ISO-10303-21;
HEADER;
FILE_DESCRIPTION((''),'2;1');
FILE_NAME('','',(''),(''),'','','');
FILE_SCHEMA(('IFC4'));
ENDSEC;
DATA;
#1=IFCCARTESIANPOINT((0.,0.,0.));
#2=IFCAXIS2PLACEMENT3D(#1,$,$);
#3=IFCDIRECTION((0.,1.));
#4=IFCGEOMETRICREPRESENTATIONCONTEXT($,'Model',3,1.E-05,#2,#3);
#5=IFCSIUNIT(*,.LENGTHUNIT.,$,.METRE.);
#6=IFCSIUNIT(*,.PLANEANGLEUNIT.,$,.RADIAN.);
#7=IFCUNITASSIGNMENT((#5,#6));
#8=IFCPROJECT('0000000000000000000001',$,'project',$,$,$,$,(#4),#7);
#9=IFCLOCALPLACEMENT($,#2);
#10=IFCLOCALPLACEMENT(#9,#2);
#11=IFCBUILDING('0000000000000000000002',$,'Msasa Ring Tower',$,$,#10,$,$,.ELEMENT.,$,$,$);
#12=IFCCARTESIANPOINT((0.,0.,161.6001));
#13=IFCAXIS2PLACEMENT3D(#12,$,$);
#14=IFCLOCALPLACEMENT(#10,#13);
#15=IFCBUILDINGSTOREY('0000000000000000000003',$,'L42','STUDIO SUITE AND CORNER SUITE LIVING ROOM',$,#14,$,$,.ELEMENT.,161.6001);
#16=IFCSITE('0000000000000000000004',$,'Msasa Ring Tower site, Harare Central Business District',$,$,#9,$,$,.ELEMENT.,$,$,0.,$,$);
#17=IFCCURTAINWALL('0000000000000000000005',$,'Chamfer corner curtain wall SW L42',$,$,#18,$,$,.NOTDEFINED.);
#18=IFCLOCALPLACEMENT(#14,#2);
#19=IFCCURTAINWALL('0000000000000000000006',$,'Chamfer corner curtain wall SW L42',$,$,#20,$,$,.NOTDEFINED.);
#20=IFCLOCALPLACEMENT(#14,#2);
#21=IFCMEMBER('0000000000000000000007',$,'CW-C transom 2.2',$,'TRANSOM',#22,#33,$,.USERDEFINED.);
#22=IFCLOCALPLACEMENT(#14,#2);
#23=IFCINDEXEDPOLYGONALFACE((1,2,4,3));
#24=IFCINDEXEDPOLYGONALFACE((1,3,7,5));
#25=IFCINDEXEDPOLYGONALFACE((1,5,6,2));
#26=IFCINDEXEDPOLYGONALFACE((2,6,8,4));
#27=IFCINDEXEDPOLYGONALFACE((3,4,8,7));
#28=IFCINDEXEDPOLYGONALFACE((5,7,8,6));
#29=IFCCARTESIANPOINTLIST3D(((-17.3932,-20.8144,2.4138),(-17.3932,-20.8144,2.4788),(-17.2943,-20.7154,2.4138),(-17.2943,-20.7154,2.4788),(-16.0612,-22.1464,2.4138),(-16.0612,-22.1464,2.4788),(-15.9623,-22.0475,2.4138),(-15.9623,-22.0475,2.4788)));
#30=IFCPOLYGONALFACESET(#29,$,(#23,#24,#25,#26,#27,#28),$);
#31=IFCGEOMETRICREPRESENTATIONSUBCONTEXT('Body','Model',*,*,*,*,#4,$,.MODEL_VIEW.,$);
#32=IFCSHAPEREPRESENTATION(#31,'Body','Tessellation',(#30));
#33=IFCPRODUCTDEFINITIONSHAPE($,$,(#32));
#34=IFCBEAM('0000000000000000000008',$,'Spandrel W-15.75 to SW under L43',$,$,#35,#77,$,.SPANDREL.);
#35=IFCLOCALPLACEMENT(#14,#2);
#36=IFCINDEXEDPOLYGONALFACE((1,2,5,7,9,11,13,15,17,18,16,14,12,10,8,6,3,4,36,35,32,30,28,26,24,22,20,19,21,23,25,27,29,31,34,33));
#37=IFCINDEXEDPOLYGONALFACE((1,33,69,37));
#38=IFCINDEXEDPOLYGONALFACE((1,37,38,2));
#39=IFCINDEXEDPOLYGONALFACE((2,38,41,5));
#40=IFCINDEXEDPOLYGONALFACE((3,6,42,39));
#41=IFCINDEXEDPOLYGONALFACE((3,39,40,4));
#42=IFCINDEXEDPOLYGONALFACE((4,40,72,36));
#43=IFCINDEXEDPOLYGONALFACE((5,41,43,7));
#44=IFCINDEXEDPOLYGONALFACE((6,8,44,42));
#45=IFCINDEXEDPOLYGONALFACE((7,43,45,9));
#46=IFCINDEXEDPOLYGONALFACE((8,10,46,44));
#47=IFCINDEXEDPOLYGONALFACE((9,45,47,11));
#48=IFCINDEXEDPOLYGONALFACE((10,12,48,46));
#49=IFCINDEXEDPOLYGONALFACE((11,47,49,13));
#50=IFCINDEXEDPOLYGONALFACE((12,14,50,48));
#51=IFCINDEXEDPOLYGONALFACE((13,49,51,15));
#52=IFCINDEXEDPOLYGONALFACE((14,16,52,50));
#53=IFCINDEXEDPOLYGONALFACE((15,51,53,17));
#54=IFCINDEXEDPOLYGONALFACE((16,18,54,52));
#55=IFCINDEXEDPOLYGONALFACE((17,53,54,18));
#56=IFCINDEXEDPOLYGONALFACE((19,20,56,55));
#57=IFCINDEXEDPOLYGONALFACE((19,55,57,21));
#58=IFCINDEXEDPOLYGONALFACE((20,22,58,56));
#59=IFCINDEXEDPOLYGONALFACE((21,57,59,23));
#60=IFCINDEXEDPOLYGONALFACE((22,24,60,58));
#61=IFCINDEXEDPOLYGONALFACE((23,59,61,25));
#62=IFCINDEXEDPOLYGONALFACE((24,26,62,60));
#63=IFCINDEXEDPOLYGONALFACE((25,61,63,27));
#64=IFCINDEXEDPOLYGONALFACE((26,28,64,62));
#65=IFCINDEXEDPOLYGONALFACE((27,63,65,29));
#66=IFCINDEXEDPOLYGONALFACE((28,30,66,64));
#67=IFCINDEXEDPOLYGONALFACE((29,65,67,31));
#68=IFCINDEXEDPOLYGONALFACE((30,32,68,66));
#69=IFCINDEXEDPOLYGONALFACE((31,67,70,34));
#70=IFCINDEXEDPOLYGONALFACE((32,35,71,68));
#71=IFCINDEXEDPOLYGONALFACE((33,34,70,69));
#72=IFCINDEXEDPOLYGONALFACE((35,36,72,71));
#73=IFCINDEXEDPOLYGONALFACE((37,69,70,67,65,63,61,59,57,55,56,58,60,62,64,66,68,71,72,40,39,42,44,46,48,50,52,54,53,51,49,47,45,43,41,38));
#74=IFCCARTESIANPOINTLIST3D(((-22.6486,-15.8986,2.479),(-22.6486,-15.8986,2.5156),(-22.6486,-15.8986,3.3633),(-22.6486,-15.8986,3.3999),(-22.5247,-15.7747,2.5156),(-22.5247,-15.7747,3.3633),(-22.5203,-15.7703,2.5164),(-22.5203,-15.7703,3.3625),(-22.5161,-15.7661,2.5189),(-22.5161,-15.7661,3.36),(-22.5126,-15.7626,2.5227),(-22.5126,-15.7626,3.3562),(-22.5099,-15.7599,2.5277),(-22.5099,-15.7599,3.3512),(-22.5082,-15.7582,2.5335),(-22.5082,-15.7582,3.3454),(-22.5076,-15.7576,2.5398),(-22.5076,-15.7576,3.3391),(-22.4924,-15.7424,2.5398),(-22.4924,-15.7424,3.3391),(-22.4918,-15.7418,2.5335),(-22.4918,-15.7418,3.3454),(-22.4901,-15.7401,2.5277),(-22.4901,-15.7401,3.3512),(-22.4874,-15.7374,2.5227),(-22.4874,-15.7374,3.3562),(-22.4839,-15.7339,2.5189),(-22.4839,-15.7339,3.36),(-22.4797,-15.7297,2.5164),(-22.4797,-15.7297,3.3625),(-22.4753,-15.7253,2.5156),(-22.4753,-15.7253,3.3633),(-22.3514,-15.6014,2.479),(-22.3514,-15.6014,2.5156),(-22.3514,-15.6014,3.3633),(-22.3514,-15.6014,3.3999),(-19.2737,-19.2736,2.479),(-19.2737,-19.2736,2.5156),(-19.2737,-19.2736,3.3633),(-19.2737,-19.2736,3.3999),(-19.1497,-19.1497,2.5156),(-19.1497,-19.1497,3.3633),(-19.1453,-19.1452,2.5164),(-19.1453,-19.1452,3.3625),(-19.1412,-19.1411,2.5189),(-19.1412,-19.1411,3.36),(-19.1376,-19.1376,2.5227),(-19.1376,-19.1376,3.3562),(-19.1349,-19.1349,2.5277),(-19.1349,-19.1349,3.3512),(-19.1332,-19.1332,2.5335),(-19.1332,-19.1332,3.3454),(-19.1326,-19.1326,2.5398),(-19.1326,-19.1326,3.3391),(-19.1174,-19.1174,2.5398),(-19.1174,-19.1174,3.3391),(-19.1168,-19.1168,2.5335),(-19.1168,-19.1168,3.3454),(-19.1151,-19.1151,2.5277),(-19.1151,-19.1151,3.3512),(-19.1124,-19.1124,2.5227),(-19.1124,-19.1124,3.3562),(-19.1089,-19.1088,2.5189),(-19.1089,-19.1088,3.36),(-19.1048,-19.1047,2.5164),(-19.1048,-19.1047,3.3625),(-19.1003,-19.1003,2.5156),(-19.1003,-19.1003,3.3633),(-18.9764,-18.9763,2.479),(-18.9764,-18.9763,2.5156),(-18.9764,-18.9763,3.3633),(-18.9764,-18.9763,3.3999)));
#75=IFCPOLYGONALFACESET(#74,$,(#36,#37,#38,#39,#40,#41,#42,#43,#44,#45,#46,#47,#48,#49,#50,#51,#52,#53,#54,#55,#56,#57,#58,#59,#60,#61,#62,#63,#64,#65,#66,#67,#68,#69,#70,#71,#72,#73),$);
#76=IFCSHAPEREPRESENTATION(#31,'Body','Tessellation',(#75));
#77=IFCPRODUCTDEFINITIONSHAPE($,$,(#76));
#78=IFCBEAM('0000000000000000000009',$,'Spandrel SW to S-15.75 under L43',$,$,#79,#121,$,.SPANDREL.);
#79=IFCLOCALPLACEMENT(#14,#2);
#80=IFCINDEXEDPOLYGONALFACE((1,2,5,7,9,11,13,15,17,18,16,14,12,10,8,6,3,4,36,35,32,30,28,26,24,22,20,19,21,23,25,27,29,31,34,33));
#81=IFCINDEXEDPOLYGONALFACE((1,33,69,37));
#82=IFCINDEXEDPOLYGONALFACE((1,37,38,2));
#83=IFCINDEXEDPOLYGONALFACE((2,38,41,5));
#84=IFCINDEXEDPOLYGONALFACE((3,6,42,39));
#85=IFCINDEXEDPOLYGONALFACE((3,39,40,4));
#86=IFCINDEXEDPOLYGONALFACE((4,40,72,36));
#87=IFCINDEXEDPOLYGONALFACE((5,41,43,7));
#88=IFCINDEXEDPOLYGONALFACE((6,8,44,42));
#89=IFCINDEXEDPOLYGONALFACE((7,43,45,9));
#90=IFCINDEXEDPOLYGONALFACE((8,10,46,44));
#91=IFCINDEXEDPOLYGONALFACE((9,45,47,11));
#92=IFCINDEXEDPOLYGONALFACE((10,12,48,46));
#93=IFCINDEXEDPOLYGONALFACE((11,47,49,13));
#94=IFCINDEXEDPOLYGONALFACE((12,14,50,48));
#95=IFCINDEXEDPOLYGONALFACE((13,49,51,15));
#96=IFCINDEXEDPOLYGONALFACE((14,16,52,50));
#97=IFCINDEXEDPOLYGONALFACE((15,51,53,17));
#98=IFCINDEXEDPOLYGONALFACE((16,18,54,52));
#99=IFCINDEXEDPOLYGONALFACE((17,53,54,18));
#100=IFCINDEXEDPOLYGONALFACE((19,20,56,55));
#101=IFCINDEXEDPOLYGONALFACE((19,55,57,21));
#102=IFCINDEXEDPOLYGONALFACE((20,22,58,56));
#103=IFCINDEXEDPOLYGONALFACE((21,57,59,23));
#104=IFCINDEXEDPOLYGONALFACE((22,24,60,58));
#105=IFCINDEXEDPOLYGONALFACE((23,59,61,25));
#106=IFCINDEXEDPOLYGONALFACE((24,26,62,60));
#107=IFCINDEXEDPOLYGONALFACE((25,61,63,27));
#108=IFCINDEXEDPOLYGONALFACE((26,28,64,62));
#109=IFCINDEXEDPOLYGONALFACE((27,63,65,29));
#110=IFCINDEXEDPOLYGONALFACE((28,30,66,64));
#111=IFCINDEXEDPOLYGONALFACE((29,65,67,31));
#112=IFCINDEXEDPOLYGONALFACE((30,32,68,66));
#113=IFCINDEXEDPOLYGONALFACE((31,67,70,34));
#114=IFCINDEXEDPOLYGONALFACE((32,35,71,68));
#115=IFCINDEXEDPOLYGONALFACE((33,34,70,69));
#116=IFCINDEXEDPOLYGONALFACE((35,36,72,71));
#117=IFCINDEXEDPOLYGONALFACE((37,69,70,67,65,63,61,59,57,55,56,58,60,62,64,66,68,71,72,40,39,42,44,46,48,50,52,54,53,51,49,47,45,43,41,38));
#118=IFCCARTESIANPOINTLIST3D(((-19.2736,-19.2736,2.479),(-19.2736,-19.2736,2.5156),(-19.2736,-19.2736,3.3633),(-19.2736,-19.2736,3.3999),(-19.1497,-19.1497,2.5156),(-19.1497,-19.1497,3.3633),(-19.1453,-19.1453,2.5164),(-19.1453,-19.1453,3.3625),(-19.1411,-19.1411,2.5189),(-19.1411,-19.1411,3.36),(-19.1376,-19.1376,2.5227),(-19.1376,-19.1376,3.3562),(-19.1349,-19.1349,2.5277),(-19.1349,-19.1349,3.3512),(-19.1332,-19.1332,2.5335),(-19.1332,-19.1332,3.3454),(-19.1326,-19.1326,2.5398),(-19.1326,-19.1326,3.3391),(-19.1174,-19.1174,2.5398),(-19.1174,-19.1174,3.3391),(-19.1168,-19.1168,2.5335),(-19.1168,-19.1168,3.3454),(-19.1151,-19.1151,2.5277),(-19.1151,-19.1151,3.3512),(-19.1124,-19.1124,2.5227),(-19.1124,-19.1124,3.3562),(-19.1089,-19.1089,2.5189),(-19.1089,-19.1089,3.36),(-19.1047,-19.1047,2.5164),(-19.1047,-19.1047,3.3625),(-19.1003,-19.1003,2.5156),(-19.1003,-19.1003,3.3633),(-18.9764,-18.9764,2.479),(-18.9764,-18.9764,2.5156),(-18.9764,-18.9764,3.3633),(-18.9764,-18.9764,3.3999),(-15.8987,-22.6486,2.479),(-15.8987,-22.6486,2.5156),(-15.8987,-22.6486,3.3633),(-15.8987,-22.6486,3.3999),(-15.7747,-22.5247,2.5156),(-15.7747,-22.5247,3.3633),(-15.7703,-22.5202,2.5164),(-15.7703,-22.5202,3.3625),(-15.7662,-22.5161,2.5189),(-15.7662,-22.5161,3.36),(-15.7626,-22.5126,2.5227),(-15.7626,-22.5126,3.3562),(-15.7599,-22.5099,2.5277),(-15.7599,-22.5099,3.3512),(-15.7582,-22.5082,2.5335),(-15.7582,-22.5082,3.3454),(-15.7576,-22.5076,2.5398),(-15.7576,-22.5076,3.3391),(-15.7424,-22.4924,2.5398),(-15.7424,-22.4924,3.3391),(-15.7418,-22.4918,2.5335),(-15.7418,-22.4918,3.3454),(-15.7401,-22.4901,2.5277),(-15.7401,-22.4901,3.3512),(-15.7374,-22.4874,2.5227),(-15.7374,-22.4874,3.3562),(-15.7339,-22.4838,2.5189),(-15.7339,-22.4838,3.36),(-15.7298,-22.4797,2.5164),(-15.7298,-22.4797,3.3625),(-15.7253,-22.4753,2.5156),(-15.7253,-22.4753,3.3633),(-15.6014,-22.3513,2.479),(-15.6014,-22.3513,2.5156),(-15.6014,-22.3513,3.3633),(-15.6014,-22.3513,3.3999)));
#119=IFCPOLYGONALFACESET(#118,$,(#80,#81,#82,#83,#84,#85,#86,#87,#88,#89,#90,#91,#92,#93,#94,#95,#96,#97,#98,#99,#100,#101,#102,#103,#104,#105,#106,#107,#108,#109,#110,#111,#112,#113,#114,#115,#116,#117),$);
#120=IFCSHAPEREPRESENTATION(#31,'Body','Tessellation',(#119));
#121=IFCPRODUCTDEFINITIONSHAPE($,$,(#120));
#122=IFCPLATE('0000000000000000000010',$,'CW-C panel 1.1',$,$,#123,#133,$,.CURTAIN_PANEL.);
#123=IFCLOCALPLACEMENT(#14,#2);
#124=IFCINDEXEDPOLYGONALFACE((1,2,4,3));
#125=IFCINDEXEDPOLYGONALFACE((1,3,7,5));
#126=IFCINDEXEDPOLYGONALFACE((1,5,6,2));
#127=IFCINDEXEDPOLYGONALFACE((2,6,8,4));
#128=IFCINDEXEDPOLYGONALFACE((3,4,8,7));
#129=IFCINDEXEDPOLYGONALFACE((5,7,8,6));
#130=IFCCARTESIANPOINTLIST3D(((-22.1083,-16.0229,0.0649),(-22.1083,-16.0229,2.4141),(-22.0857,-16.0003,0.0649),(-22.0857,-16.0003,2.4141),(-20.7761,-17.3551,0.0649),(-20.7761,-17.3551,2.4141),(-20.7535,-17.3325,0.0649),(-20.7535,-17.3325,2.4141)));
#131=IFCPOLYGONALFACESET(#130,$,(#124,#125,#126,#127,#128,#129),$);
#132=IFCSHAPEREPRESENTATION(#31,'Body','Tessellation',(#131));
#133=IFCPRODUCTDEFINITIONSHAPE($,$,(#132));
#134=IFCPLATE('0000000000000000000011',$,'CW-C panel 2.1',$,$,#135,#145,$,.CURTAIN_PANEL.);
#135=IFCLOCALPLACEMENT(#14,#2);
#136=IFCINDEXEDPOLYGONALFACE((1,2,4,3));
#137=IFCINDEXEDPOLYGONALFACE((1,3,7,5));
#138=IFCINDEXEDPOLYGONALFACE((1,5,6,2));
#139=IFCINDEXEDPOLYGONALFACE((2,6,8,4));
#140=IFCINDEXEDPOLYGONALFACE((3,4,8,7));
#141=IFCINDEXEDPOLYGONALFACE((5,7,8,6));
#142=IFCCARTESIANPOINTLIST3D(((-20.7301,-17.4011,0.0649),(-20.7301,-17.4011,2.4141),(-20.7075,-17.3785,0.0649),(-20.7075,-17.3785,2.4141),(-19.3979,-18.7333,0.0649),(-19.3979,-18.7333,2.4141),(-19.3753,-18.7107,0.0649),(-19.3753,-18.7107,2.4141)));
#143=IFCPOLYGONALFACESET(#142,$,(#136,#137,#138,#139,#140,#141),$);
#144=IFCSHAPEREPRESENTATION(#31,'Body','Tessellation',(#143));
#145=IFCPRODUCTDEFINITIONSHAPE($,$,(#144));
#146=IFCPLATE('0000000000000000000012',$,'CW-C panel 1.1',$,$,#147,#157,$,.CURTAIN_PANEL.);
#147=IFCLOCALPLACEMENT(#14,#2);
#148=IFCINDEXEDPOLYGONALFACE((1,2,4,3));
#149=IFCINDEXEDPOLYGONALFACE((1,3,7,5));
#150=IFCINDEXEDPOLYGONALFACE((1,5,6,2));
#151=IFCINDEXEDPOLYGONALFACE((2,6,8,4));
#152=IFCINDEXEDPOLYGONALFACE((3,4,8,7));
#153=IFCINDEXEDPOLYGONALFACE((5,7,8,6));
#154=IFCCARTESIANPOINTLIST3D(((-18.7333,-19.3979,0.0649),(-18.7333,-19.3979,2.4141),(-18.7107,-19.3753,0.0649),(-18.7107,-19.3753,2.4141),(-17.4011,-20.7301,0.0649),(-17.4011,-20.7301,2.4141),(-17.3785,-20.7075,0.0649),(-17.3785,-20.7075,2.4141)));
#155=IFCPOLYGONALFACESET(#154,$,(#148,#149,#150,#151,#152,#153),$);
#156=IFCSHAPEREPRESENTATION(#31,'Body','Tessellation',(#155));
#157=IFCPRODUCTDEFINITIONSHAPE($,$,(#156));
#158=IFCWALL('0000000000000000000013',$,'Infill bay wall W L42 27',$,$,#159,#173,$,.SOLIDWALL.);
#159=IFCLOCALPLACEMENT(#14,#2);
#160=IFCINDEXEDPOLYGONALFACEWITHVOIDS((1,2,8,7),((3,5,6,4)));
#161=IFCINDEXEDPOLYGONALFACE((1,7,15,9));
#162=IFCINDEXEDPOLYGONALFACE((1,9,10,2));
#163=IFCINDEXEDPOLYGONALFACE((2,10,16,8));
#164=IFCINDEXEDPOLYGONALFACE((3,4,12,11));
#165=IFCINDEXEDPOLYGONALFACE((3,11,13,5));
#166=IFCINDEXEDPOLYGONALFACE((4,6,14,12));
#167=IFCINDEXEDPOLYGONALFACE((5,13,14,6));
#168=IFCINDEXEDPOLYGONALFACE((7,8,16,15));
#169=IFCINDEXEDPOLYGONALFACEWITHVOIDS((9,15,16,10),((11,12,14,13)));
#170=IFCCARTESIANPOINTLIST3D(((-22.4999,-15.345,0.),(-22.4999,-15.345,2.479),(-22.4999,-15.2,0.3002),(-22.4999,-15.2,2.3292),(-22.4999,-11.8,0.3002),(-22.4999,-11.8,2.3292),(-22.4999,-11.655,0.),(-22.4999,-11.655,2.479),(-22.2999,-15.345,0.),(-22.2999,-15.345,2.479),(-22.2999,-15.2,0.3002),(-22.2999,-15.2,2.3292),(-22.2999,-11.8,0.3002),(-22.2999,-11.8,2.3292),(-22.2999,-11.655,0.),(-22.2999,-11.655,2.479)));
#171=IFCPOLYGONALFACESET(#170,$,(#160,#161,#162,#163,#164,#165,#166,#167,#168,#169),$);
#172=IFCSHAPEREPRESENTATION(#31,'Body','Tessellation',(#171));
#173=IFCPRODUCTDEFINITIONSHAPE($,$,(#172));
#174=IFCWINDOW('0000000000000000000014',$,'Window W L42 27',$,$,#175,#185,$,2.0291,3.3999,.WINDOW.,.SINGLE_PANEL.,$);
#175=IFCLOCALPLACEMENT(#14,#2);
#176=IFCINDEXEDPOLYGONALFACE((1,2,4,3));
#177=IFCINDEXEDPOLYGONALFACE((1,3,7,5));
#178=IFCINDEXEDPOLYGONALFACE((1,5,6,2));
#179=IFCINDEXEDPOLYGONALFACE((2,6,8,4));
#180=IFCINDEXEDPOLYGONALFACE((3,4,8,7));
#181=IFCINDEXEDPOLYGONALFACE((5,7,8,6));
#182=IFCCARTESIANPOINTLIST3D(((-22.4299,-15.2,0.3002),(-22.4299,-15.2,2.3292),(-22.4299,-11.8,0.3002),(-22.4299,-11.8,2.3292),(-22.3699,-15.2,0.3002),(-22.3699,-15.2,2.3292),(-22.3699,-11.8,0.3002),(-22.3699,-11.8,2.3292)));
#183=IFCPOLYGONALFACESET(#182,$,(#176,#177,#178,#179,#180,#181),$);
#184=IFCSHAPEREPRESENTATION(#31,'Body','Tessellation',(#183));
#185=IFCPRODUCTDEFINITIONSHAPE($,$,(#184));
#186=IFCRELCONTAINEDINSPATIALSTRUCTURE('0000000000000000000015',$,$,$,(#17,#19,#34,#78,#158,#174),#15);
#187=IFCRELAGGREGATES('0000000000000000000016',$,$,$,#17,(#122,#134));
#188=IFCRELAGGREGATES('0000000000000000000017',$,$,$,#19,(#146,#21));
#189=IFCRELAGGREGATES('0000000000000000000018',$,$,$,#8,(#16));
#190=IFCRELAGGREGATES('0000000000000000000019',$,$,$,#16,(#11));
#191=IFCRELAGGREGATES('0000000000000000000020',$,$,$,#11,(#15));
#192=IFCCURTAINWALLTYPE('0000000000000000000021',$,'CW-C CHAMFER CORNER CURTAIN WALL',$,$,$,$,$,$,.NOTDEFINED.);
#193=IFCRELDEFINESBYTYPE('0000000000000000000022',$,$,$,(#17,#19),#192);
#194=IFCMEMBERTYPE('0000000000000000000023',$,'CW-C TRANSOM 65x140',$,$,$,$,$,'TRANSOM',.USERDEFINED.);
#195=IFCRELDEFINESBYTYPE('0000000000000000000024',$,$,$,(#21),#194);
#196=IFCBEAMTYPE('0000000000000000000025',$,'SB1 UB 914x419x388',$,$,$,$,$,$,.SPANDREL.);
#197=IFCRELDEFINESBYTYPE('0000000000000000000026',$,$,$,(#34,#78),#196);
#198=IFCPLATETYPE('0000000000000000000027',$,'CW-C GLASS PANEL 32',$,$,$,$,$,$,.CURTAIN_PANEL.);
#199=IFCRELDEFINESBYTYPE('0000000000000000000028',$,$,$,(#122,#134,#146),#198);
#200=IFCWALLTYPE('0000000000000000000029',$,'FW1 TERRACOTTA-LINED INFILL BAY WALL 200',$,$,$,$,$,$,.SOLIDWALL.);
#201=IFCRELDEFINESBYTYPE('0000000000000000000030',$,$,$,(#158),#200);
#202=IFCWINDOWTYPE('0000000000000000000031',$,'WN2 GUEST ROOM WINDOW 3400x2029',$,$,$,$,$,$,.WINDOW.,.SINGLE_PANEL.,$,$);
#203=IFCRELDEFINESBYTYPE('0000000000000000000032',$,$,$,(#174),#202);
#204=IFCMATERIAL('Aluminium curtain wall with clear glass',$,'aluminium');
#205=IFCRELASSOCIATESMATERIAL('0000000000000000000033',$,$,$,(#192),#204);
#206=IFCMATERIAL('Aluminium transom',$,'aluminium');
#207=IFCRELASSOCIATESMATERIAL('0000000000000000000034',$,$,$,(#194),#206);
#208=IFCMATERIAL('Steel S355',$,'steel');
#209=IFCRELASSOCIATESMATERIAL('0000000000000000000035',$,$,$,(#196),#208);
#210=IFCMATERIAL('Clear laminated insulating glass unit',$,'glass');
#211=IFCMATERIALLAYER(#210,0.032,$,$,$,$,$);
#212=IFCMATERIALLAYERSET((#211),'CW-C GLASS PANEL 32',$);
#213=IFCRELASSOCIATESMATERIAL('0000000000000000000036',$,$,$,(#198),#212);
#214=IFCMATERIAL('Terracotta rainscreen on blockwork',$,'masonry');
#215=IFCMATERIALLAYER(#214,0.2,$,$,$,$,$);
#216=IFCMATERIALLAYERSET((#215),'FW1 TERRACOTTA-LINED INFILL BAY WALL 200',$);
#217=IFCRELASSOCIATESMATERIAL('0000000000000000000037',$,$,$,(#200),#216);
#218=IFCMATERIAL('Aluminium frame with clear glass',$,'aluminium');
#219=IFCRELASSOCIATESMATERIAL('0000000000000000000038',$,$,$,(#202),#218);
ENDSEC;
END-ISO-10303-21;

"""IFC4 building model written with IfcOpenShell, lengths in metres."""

from ifc_helpers import new_model, si_unit, direction, frame, frame_2d, origin, origin_2d, place, context, subcontext, project, spatial, rectangle, i_section, extrude, material, layer, layer_set, material_profile, profile_set, type_object, element, fill, aggregate, save


model = new_model("IFC4")

# Units and contexts
model_context = context("Model", 3, precision=1e-05, world=origin(), true_north=direction((0.0, 1.0)))
body_context = subcontext(model_context, "Body", "Model", "MODEL_VIEW")
ifc_project = project(units=[si_unit("LENGTHUNIT", "METRE"), si_unit("PLANEANGLEUNIT", "RADIAN")], contexts=[model_context])

# Site, building, storey
site_placement = place(None, origin())
site = spatial("IfcSite", under=ifc_project, at=site_placement, Name="Msasa Ring Tower site, Harare Central Business District", CompositionType="ELEMENT", RefElevation=0.0)
building_placement = place(site_placement, origin())
building = spatial("IfcBuilding", under=site, at=building_placement, Name="Msasa Ring Tower", CompositionType="ELEMENT")
storey_placement = place(building_placement, frame((0.0, 0.0, 161.6001)))
storey = spatial("IfcBuildingStorey", under=building, at=storey_placement, Name="L42", Description="STUDIO SUITE AND CORNER SUITE LIVING ROOM", CompositionType="ELEMENT", Elevation=161.6001)

# Curtain walls
ifc_material_1 = material(Name="Aluminium curtain wall with clear glass", Category="aluminium")
curtain_wall_type = type_object("IfcCurtainWallType", Name="CW-C CHAMFER CORNER CURTAIN WALL", PredefinedType="NOTDEFINED", material=ifc_material_1)
curtain_wall_1_placement = place(storey_placement, origin())
curtain_wall_1 = element("IfcCurtainWall", 1, at=curtain_wall_1_placement, inside=storey, type_object=curtain_wall_type, Name="Chamfer corner curtain wall SW L42", PredefinedType="NOTDEFINED")
curtain_wall_2_placement = place(storey_placement, origin())
curtain_wall_2 = element("IfcCurtainWall", 2, at=curtain_wall_2_placement, inside=storey, type_object=curtain_wall_type, Name="Chamfer corner curtain wall SW L42", PredefinedType="NOTDEFINED")

# Member
ifc_material_2 = material(Name="Aluminium transom", Category="aluminium")
ifc_material_profile_1 = material_profile(ifc_material_2, rectangle(XDim=0.1399, YDim=0.0649, at=origin_2d()), Name="AL 65x140")
ifc_profile_set_1 = profile_set([ifc_material_profile_1], Name="Aluminium transom")
member_type_1 = type_object("IfcMemberType", Name="CW-C TRANSOM 65x140", ElementType="TRANSOM", PredefinedType="USERDEFINED", material=ifc_profile_set_1)
member_1_placement = place(storey_placement, frame((-17.3438, -20.7649, 2.4463), z_axis=(0.707107, -0.707107, 0.0), x_axis=(0.707107, 0.707107, 0.0)))
member_1 = element("IfcMember", 3, at=member_1_placement, type_object=member_type_1, Name="CW-C transom 2.2", ObjectType="TRANSOM", PredefinedType="USERDEFINED", context=body_context, shape_type="SweptSolid", body=[
    extrude(rectangle(XDim=0.1399, YDim=0.0649, at=origin_2d()), origin(), (0.0, 0.0, 1.0), 1.8838),
])

# Beams
ifc_material_3 = material(Name="Steel S355", Category="steel")
ifc_material_profile_2 = material_profile(ifc_material_3, i_section(OverallWidth=0.4204, OverallDepth=0.9209, WebThickness=0.0215, FlangeThickness=0.0366, FilletRadius=0.0242, at=origin_2d()), Name="UB 914x419x388")
ifc_profile_set_2 = profile_set([ifc_material_profile_2], Name="Steel S355")
beam_type = type_object("IfcBeamType", Name="SB1 UB 914x419x388", PredefinedType="SPANDREL", material=ifc_profile_set_2)
for number, where, z_axis, x_axis, name in (
    (4, (-22.5, -15.75, 2.9395), (0.707107, -0.707107, 0.0), (0.707107, 0.707107, 0.0), "Spandrel W-15.75 to SW under L43"),
    (5, (-19.125, -19.125, 2.9395), (0.707107, -0.707107, 0.0), (0.707107, 0.707107, 0.0), "Spandrel SW to S-15.75 under L43"),
):
    element("IfcBeam", number, at=place(storey_placement, frame(where, z_axis=z_axis, x_axis=x_axis)), inside=storey, type_object=beam_type, Name=name, PredefinedType="SPANDREL", context=body_context, shape_type="SweptSolid", body=[
        extrude(i_section(OverallWidth=0.4204, OverallDepth=0.9209, WebThickness=0.0215, FlangeThickness=0.0366, FilletRadius=0.0242, at=origin_2d()), origin(), (0.0, 0.0, 1.0), 4.7729),
    ])

# Plates
ifc_material_4 = material(Name="Clear laminated insulating glass unit", Category="glass")
ifc_layer_1 = layer(ifc_material_4, 0.032)
ifc_layer_set_1 = layer_set([ifc_layer_1], Name="CW-C GLASS PANEL 32")
plate_type = type_object("IfcPlateType", Name="CW-C GLASS PANEL 32", PredefinedType="CURTAIN_PANEL", material=ifc_layer_set_1)
plate_1_placement = place(storey_placement, frame((-21.4309, -16.6777, 0.0649), z_axis=(0.0, 0.0, 1.0), x_axis=(0.707107, -0.707107, 0.0)))
plate_1 = element("IfcPlate", 6, at=plate_1_placement, type_object=plate_type, Name="CW-C panel 1.1", PredefinedType="CURTAIN_PANEL", context=body_context, shape_type="SweptSolid", body=[
    extrude(rectangle(XDim=1.884, YDim=0.032, at=origin_2d()), origin(), (0.0, 0.0, 1.0), 2.3491),
])
plate_2_placement = place(storey_placement, frame((-20.0527, -18.0559, 0.0649), z_axis=(0.0, 0.0, 1.0), x_axis=(0.707107, -0.707107, 0.0)))
plate_2 = element("IfcPlate", 7, at=plate_2_placement, type_object=plate_type, Name="CW-C panel 2.1", PredefinedType="CURTAIN_PANEL", context=body_context, shape_type="SweptSolid", body=[
    extrude(rectangle(XDim=1.884, YDim=0.032, at=origin_2d()), origin(), (0.0, 0.0, 1.0), 2.3491),
])
aggregate(curtain_wall_1, [plate_1, plate_2])
plate_3_placement = place(storey_placement, frame((-18.0559, -20.0527, 0.0649), z_axis=(0.0, 0.0, 1.0), x_axis=(0.707107, -0.707107, 0.0)))
plate_3 = element("IfcPlate", 8, at=plate_3_placement, type_object=plate_type, Name="CW-C panel 1.1", PredefinedType="CURTAIN_PANEL", context=body_context, shape_type="SweptSolid", body=[
    extrude(rectangle(XDim=1.884, YDim=0.032, at=origin_2d()), origin(), (0.0, 0.0, 1.0), 2.3491),
])
aggregate(curtain_wall_2, [plate_3, member_1])

# Wall, opening, window
ifc_material_5 = material(Name="Terracotta rainscreen on blockwork", Category="masonry")
ifc_layer_2 = layer(ifc_material_5, 0.2)
ifc_layer_set_2 = layer_set([ifc_layer_2], Name="FW1 TERRACOTTA-LINED INFILL BAY WALL 200")
wall_type_1 = type_object("IfcWallType", Name="FW1 TERRACOTTA-LINED INFILL BAY WALL 200", PredefinedType="SOLIDWALL", material=ifc_layer_set_2)
wall_1_placement = place(storey_placement, frame((-22.3999, -15.345, 0.0), z_axis=(0.0, 0.0, 1.0), x_axis=(0.0, 1.0, 0.0)))
wall_1 = element("IfcWall", 9, at=wall_1_placement, inside=storey, type_object=wall_type_1, Name="Infill bay wall W L42 27", PredefinedType="SOLIDWALL", context=body_context, shape_type="SweptSolid", body=[
    extrude(rectangle(XDim=3.6899, YDim=0.2, at=frame_2d((1.845, 0.0))), origin(), (0.0, 0.0, 1.0), 2.479),
])
opening_1_placement = place(wall_1_placement, frame((0.145, 0.0, 0.3)))
opening_1 = element("IfcOpeningElement", 10, at=opening_1_placement, cuts=wall_1, PredefinedType="OPENING", context=body_context, shape_type="SweptSolid", body=[
    extrude(rectangle(XDim=3.3999, YDim=2.0291, at=frame_2d((1.7, 1.0146))), frame((0.0, 0.1099, 0.0), z_axis=(0.0, -1.0, 0.0), x_axis=(1.0, 0.0, 0.0)), (0.0, 0.0, 1.0), 0.22),
])
ifc_material_6 = material(Name="Aluminium frame with clear glass", Category="aluminium")
window_type = type_object("IfcWindowType", Name="WN2 GUEST ROOM WINDOW 3400x2029", PartitioningType="SINGLE_PANEL", PredefinedType="WINDOW", material=ifc_material_6)
window_placement = place(opening_1_placement, origin())
window = element("IfcWindow", 11, at=window_placement, inside=storey, type_object=window_type, Name="Window W L42 27", OverallHeight=2.0291, OverallWidth=3.3999, PartitioningType="SINGLE_PANEL", PredefinedType="WINDOW", context=body_context, shape_type="SweptSolid", body=[
    extrude(rectangle(XDim=3.3999, YDim=2.0291, at=frame_2d((1.7, 1.0146))), frame((0.0, 0.03, 0.0), z_axis=(0.0, -1.0, 0.0), x_axis=(1.0, 0.0, 0.0)), (0.0, 0.0, 1.0), 0.0601),
])
fill(opening_1, window)

save(model, "model.ifc")
